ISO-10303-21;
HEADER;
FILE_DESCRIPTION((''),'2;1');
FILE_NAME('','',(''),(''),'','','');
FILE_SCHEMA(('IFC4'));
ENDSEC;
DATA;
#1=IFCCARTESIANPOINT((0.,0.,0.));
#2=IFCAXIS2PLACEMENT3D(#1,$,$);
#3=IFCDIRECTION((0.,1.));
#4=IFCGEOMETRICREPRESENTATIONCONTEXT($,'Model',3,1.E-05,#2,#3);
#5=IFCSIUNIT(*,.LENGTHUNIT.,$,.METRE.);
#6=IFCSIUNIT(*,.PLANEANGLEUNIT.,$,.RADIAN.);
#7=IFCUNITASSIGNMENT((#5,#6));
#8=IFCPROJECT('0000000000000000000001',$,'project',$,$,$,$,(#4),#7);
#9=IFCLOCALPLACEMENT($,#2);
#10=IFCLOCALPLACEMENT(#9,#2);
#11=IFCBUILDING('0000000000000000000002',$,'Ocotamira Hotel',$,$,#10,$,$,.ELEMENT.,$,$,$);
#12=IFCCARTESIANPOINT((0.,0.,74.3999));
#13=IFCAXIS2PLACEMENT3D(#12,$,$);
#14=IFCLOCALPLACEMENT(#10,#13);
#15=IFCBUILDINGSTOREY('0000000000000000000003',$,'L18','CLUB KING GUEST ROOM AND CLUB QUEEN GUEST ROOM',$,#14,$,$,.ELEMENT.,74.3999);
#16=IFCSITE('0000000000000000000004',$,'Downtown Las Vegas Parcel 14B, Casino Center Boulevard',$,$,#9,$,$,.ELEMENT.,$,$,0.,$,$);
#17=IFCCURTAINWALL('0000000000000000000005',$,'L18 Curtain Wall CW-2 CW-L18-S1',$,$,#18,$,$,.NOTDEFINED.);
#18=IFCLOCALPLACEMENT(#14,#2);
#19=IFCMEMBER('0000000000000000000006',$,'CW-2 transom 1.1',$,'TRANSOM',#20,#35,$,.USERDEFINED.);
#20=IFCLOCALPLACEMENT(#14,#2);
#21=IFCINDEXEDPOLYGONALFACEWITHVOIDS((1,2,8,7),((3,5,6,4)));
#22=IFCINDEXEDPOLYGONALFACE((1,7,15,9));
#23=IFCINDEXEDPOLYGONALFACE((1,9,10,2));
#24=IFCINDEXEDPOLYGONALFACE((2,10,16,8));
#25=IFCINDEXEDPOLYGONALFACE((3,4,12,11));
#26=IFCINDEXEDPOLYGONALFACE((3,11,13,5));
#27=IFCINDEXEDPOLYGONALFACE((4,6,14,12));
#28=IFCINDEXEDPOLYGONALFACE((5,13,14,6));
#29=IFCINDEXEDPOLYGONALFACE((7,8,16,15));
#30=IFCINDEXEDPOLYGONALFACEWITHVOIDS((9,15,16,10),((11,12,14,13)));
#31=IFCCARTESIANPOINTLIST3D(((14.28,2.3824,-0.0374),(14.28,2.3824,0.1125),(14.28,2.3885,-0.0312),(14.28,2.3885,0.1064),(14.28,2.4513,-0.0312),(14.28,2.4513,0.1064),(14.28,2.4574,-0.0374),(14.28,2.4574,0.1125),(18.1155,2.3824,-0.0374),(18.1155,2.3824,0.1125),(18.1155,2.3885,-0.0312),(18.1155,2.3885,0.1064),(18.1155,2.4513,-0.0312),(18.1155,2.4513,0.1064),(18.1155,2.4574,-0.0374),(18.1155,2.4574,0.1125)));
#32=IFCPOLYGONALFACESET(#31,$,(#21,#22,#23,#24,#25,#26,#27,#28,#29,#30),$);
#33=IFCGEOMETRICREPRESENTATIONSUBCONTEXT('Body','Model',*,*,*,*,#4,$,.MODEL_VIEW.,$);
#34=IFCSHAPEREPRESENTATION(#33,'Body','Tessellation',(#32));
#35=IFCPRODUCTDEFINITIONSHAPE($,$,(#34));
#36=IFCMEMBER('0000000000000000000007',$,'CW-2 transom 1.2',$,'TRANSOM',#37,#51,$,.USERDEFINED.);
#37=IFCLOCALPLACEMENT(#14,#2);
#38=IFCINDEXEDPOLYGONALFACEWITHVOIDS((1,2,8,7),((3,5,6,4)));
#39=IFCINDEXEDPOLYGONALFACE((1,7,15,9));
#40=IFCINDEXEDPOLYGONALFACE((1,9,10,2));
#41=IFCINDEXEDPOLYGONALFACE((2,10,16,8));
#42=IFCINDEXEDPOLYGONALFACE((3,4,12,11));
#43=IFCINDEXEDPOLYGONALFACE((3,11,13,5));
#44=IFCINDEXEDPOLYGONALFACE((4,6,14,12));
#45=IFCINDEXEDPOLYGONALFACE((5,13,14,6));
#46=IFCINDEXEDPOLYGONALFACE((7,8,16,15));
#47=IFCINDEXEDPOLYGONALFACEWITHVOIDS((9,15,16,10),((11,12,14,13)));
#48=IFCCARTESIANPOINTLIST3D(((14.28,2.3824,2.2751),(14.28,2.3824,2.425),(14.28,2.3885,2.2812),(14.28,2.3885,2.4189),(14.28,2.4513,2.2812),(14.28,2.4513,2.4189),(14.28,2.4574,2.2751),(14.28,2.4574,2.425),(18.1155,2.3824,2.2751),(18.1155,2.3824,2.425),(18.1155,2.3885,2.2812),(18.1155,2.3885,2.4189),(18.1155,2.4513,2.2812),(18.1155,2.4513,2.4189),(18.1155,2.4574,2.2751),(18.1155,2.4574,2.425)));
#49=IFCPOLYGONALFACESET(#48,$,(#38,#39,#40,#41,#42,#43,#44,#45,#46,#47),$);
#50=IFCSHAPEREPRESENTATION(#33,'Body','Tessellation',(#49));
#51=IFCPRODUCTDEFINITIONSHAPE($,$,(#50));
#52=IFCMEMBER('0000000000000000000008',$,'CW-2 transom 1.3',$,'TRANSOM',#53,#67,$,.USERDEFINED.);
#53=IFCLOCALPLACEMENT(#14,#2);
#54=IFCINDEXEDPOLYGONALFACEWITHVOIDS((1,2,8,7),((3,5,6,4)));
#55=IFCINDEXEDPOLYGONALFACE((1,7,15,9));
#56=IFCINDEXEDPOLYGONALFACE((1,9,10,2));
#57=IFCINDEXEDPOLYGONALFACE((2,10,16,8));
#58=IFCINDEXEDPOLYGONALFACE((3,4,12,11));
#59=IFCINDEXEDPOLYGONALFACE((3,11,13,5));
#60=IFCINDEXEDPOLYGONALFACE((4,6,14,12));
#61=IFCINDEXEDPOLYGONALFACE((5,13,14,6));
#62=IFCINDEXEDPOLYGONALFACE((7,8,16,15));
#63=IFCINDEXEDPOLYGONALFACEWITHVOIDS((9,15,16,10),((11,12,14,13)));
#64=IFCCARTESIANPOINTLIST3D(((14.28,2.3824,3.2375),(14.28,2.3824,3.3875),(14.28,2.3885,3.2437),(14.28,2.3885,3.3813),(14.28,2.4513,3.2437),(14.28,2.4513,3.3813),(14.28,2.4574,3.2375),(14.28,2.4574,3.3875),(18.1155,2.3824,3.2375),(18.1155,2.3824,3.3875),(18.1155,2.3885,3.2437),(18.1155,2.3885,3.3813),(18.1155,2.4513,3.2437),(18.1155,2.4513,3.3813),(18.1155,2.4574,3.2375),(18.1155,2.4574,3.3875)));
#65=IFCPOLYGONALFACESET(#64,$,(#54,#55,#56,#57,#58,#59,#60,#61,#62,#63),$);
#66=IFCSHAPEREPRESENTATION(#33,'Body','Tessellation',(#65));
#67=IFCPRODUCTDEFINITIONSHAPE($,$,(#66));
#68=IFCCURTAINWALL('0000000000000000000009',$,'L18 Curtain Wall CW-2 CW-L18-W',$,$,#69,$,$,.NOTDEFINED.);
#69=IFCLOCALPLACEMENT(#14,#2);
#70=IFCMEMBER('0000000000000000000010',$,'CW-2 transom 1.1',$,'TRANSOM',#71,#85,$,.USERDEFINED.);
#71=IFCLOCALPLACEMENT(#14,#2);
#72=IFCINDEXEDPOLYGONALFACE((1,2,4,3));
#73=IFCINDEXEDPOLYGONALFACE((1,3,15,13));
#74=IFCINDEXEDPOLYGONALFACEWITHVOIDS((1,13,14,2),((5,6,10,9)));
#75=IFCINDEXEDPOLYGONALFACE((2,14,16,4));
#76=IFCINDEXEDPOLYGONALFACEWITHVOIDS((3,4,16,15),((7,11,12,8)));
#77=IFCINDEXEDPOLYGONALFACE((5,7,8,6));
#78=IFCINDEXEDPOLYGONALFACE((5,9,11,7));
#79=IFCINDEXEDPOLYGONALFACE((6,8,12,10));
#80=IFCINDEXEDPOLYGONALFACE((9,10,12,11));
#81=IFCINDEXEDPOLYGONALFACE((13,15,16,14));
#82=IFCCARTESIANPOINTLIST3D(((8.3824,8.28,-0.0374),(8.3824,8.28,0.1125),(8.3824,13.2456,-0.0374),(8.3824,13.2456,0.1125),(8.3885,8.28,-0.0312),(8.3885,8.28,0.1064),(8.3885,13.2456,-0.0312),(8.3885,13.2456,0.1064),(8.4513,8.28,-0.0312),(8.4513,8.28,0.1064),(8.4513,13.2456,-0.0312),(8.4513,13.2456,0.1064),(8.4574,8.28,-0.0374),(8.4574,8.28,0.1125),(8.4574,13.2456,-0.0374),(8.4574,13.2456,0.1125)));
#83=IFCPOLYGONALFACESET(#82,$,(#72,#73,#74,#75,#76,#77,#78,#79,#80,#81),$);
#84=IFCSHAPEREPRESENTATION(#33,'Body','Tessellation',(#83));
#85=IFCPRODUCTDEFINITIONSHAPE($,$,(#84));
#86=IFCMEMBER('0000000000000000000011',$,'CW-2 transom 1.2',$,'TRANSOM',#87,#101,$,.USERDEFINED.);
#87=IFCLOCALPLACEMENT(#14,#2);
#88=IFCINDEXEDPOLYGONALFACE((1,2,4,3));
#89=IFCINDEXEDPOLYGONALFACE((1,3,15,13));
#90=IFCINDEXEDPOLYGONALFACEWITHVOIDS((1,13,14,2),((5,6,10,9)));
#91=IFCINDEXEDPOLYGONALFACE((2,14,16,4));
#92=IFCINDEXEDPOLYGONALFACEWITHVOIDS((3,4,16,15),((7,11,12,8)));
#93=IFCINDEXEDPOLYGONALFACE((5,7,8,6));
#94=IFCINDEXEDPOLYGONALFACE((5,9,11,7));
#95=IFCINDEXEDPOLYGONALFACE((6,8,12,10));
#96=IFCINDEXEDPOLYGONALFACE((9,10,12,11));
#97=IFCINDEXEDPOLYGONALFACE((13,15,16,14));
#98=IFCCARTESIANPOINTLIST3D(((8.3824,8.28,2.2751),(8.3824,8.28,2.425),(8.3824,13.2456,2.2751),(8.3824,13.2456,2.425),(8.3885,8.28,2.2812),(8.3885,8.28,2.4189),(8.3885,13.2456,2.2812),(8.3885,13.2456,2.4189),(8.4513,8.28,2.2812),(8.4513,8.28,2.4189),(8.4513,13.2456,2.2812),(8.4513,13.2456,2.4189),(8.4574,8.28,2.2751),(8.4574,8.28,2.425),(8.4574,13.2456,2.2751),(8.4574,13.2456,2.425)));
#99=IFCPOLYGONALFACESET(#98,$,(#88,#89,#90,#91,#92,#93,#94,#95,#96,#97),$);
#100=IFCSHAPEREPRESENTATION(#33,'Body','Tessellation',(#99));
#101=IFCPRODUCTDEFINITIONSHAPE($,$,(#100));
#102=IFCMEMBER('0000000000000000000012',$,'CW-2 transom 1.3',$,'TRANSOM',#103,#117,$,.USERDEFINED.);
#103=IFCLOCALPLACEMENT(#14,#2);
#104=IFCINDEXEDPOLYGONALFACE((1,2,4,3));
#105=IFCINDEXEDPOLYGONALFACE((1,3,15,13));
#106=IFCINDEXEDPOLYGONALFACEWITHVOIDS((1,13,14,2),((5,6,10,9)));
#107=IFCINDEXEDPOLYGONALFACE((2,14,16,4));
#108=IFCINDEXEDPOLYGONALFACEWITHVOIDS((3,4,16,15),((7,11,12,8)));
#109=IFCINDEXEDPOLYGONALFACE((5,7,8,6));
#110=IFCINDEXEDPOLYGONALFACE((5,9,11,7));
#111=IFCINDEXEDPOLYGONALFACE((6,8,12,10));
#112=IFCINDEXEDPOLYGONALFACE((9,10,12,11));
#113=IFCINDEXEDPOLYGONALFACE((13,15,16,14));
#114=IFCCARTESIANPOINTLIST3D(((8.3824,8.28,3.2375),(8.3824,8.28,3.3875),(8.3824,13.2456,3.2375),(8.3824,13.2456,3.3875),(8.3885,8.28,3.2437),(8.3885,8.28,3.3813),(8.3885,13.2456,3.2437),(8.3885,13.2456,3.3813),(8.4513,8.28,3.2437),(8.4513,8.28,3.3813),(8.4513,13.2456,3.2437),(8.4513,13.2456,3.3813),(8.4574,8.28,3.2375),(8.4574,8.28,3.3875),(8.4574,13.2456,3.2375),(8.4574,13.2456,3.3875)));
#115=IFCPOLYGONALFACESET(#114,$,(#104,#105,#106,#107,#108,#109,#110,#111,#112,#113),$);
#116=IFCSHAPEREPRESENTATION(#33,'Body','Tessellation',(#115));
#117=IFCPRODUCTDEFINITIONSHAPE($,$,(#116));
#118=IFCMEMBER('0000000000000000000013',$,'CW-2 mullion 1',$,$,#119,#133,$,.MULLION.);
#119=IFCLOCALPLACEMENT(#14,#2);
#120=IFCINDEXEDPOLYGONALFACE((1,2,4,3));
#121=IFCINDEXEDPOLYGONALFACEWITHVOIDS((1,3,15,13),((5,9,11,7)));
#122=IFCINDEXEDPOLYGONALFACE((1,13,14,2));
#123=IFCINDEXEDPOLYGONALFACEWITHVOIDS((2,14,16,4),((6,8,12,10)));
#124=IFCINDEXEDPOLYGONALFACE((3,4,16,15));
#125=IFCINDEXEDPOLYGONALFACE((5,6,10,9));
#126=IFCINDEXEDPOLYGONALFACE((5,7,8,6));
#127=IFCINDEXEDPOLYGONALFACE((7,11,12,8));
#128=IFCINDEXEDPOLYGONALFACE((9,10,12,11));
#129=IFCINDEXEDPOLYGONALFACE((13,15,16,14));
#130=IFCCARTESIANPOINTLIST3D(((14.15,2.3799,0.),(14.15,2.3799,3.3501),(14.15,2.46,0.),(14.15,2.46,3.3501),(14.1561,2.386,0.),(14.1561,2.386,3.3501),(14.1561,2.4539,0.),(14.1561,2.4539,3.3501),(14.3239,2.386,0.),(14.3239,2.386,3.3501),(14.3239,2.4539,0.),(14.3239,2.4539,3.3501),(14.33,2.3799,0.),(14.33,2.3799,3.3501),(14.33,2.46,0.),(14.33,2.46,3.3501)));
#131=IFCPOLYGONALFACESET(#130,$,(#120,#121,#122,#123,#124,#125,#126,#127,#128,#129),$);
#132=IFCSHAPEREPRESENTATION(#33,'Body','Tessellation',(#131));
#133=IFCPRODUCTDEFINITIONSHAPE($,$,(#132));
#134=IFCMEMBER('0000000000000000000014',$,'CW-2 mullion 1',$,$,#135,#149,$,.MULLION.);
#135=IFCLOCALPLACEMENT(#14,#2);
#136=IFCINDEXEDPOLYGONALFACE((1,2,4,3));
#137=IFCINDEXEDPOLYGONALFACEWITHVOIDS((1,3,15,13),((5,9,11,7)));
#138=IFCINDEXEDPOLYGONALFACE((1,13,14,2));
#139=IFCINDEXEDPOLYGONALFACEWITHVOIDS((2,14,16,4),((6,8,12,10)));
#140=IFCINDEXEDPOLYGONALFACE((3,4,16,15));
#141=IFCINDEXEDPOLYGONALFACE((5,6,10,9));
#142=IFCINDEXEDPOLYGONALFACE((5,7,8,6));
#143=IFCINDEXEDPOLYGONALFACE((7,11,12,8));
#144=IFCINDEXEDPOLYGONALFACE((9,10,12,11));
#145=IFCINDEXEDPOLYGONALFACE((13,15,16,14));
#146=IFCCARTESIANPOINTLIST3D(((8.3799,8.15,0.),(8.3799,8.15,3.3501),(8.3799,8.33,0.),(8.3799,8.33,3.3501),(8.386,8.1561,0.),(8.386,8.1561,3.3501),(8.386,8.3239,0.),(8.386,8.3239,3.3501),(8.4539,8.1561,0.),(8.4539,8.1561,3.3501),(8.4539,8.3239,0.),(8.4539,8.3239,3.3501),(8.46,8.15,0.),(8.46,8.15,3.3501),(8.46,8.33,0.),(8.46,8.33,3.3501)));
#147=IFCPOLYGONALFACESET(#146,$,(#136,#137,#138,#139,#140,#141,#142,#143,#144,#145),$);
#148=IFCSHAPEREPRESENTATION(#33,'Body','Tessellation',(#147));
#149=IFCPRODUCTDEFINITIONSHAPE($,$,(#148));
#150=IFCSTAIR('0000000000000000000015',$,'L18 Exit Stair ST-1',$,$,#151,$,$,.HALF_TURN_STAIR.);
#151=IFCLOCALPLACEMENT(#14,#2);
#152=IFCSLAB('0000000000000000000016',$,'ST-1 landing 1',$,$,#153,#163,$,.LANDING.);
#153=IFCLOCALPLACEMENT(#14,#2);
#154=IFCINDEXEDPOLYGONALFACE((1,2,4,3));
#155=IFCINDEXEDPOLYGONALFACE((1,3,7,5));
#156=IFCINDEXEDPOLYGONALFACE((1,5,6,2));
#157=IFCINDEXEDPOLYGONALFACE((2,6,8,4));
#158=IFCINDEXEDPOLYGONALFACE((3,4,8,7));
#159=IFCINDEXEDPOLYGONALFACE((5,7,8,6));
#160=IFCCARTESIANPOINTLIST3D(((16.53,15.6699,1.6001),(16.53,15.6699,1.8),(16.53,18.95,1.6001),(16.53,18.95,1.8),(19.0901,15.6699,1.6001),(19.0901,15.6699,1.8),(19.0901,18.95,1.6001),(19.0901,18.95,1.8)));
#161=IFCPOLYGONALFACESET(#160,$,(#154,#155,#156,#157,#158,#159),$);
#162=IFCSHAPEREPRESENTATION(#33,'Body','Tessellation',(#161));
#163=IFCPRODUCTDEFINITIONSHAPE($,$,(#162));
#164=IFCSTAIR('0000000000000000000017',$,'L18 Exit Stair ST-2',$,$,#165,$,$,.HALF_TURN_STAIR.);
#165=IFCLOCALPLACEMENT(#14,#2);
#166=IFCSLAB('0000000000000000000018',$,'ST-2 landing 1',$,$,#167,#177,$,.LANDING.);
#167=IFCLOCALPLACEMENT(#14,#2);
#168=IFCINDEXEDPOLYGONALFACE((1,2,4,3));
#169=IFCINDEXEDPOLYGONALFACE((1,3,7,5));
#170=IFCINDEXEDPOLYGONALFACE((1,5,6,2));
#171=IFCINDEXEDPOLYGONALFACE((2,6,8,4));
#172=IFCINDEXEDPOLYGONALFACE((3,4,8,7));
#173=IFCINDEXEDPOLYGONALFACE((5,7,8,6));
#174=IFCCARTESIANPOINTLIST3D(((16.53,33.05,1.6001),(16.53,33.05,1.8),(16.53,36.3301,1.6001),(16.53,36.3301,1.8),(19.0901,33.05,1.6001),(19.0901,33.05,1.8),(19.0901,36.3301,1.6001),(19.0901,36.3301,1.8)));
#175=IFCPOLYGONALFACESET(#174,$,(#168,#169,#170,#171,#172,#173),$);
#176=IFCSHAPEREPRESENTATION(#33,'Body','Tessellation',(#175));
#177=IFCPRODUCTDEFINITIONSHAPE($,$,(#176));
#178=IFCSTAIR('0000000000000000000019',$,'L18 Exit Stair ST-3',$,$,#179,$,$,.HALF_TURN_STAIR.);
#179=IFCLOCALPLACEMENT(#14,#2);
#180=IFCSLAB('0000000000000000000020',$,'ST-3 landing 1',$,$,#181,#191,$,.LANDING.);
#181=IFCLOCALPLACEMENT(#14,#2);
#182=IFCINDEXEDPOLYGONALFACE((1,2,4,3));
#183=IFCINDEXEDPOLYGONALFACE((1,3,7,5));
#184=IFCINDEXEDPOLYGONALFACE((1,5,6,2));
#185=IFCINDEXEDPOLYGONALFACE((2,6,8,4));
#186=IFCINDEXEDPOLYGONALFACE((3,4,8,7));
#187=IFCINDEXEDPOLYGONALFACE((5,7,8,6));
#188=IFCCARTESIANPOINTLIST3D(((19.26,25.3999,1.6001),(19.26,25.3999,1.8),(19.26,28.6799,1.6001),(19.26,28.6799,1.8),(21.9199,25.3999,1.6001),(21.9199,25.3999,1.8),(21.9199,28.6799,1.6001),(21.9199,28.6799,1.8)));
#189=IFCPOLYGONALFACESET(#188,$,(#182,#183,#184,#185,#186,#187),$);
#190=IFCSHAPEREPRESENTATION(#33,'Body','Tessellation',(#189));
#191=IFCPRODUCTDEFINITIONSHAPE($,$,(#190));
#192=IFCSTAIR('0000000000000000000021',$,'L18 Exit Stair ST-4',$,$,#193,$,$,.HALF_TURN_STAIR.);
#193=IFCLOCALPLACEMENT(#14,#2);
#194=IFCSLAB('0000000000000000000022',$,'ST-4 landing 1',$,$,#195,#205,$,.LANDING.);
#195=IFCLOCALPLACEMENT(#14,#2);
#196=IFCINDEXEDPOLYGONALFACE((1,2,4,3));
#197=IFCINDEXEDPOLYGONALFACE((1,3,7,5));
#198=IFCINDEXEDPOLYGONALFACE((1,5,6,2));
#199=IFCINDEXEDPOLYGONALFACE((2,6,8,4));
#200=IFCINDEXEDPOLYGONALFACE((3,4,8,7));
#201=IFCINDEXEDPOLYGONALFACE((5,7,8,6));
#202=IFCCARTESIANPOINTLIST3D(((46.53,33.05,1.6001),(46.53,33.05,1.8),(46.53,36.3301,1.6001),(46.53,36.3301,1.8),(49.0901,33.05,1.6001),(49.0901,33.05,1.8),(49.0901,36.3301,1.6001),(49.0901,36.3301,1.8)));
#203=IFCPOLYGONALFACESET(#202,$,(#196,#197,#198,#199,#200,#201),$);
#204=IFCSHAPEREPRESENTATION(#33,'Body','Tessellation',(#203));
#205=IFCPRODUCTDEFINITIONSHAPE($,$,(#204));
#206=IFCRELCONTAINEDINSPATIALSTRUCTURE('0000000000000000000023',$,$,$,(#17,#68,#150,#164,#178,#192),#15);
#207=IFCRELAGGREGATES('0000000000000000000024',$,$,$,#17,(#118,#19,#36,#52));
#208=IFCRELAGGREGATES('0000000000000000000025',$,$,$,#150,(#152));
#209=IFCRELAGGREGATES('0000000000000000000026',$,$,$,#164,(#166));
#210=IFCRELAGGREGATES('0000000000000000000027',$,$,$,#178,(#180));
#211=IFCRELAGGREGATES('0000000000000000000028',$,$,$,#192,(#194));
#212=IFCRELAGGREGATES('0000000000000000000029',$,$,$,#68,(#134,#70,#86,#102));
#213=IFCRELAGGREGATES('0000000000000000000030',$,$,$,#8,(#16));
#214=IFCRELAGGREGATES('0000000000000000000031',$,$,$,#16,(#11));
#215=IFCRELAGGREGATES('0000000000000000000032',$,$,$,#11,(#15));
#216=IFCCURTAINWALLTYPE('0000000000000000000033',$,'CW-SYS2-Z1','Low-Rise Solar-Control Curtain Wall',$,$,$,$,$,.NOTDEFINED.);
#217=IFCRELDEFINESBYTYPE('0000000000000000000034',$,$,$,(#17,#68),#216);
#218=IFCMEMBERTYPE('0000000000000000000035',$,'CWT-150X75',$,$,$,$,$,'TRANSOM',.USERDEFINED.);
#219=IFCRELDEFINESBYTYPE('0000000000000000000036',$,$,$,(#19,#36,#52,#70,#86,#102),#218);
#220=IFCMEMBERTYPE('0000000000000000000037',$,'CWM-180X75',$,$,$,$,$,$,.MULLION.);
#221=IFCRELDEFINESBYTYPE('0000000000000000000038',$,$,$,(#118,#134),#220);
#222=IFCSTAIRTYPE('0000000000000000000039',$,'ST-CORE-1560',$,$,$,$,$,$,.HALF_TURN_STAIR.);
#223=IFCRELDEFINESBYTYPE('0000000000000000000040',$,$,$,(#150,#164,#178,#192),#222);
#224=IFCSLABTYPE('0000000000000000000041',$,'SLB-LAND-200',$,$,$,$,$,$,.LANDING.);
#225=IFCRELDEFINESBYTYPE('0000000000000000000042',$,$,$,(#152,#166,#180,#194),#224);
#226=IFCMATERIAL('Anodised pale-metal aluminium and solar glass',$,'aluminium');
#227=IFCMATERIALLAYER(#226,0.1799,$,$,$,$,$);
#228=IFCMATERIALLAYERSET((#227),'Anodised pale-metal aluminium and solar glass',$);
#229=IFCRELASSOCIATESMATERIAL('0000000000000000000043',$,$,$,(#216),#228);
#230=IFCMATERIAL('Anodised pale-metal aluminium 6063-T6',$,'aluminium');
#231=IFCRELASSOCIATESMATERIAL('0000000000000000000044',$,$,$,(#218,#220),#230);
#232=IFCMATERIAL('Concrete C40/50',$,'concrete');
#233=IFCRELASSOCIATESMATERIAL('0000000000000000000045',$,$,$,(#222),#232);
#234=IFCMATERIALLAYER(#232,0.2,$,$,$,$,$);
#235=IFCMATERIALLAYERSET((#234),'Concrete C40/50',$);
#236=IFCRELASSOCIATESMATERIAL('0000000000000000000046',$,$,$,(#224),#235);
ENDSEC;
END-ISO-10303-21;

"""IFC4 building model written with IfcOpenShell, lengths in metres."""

from ifc_helpers import new_model, si_unit, direction, frame, origin, origin_2d, place, context, subcontext, project, spatial, polyline, hollow_rectangle, outline, extrude, source, transform, mapped, material, layer, layer_set, material_profile, profile_set, type_object, element, aggregate, save


model = new_model("IFC4")

# Units and contexts
model_context = context("Model", 3, precision=1e-05, world=origin(), true_north=direction((0.0, 1.0)))
body_context = subcontext(model_context, "Body", "Model", "MODEL_VIEW")
ifc_project = project(units=[si_unit("LENGTHUNIT", "METRE"), si_unit("PLANEANGLEUNIT", "RADIAN")], contexts=[model_context])

# Site, building, storey
site_placement = place(None, origin())
site = spatial("IfcSite", under=ifc_project, at=site_placement, Name="Downtown Las Vegas Parcel 14B, Casino Center Boulevard", CompositionType="ELEMENT", RefElevation=0.0)
building_placement = place(site_placement, origin())
building = spatial("IfcBuilding", under=site, at=building_placement, Name="Ocotamira Hotel", CompositionType="ELEMENT")
storey_placement = place(building_placement, frame((0.0, 0.0, 74.3999)))
storey = spatial("IfcBuildingStorey", under=building, at=storey_placement, Name="L18", Description="CLUB KING GUEST ROOM AND CLUB QUEEN GUEST ROOM", CompositionType="ELEMENT", Elevation=74.3999)

# Curtain walls, members
ifc_material_1 = material(Name="Anodised pale-metal aluminium and solar glass", Category="aluminium")
ifc_layer_1 = layer(ifc_material_1, 0.1799)
ifc_layer_set_1 = layer_set([ifc_layer_1], Name="Anodised pale-metal aluminium and solar glass")
curtain_wall_type = type_object("IfcCurtainWallType", Name="CW-SYS2-Z1", Description="Low-Rise Solar-Control Curtain Wall", PredefinedType="NOTDEFINED", material=ifc_layer_set_1)
curtain_wall_1_placement = place(storey_placement, origin())
curtain_wall_1 = element("IfcCurtainWall", 1, at=curtain_wall_1_placement, inside=storey, type_object=curtain_wall_type, Name="L18 Curtain Wall CW-2 CW-L18-S1", PredefinedType="NOTDEFINED")
ifc_material_2 = material(Name="Anodised pale-metal aluminium 6063-T6", Category="aluminium")
ifc_material_profile_1 = material_profile(ifc_material_2, hollow_rectangle(XDim=0.075, YDim=0.1499, WallThickness=0.0061, at=origin_2d()), Name="HSS150X75X6")
ifc_profile_set_1 = profile_set([ifc_material_profile_1], Name="Anodised pale-metal aluminium 6063-T6")
member_type_1 = type_object("IfcMemberType", Name="CWT-150X75", ElementType="TRANSOM", PredefinedType="USERDEFINED", material=ifc_profile_set_1)
shared_shape_1 = source(origin(), body_context, "Body", "SweptSolid", [
    extrude(hollow_rectangle(XDim=0.075, YDim=0.1499, WallThickness=0.0061, at=origin_2d()), origin(), (0.0, 0.0, 1.0), 3.8354),
])
member_1_placement = place(storey_placement, frame((14.28, 2.4199, 0.0376), z_axis=(1.0, 0.0, 0.0), x_axis=(0.0, 1.0, 0.0)))
member_1 = element("IfcMember", 2, at=member_1_placement, type_object=member_type_1, Name="CW-2 transom 1.1", ObjectType="TRANSOM", PredefinedType="USERDEFINED", context=body_context, shape_type="MappedRepresentation", body=[
    mapped(shared_shape_1, transform((0.0, 0.0, 0.0), scale=1.0)),
])
member_2_placement = place(storey_placement, frame((14.28, 2.4199, 2.3501), z_axis=(1.0, 0.0, 0.0), x_axis=(0.0, 1.0, 0.0)))
member_2 = element("IfcMember", 3, at=member_2_placement, type_object=member_type_1, Name="CW-2 transom 1.2", ObjectType="TRANSOM", PredefinedType="USERDEFINED", context=body_context, shape_type="MappedRepresentation", body=[
    mapped(shared_shape_1, transform((0.0, 0.0, 0.0), scale=1.0)),
])
member_3_placement = place(storey_placement, frame((14.28, 2.4199, 3.3125), z_axis=(1.0, 0.0, 0.0), x_axis=(0.0, 1.0, 0.0)))
member_3 = element("IfcMember", 4, at=member_3_placement, type_object=member_type_1, Name="CW-2 transom 1.3", ObjectType="TRANSOM", PredefinedType="USERDEFINED", context=body_context, shape_type="MappedRepresentation", body=[
    mapped(shared_shape_1, transform((0.0, 0.0, 0.0), scale=1.0)),
])
curtain_wall_2_placement = place(storey_placement, origin())
curtain_wall_2 = element("IfcCurtainWall", 5, at=curtain_wall_2_placement, inside=storey, type_object=curtain_wall_type, Name="L18 Curtain Wall CW-2 CW-L18-W", PredefinedType="NOTDEFINED")
shared_shape_2 = source(origin(), body_context, "Body", "SweptSolid", [
    extrude(hollow_rectangle(XDim=0.075, YDim=0.1499, WallThickness=0.0061, at=origin_2d()), origin(), (0.0, 0.0, 1.0), 4.9656),
])
member_4_placement = place(storey_placement, frame((8.4199, 8.28, 0.0376), z_axis=(0.0, 1.0, 0.0), x_axis=(-1.0, 0.0, 0.0)))
member_4 = element("IfcMember", 6, at=member_4_placement, type_object=member_type_1, Name="CW-2 transom 1.1", ObjectType="TRANSOM", PredefinedType="USERDEFINED", context=body_context, shape_type="MappedRepresentation", body=[
    mapped(shared_shape_2, transform((0.0, 0.0, 0.0), scale=1.0)),
])
member_5_placement = place(storey_placement, frame((8.4199, 8.28, 2.3501), z_axis=(0.0, 1.0, 0.0), x_axis=(-1.0, 0.0, 0.0)))
member_5 = element("IfcMember", 7, at=member_5_placement, type_object=member_type_1, Name="CW-2 transom 1.2", ObjectType="TRANSOM", PredefinedType="USERDEFINED", context=body_context, shape_type="MappedRepresentation", body=[
    mapped(shared_shape_2, transform((0.0, 0.0, 0.0), scale=1.0)),
])
member_6_placement = place(storey_placement, frame((8.4199, 8.28, 3.3125), z_axis=(0.0, 1.0, 0.0), x_axis=(-1.0, 0.0, 0.0)))
member_6 = element("IfcMember", 8, at=member_6_placement, type_object=member_type_1, Name="CW-2 transom 1.3", ObjectType="TRANSOM", PredefinedType="USERDEFINED", context=body_context, shape_type="MappedRepresentation", body=[
    mapped(shared_shape_2, transform((0.0, 0.0, 0.0), scale=1.0)),
])

# Members
ifc_material_profile_2 = material_profile(ifc_material_2, hollow_rectangle(XDim=0.0801, YDim=0.1799, WallThickness=0.0061, at=origin_2d()), Name="HSS180X80X6")
ifc_profile_set_2 = profile_set([ifc_material_profile_2], Name="Anodised pale-metal aluminium 6063-T6")
member_type_2 = type_object("IfcMemberType", Name="CWM-180X75", PredefinedType="MULLION", material=ifc_profile_set_2)
shared_shape_3 = source(origin(), body_context, "Body", "SweptSolid", [
    extrude(hollow_rectangle(XDim=0.0801, YDim=0.1799, WallThickness=0.0061, at=origin_2d()), origin(), (0.0, 0.0, 1.0), 3.3501),
])
member_7_placement = place(storey_placement, frame((14.24, 2.4199, 0.0), z_axis=(0.0, 0.0, 1.0), x_axis=(0.0, 1.0, 0.0)))
member_7 = element("IfcMember", 9, at=member_7_placement, type_object=member_type_2, Name="CW-2 mullion 1", PredefinedType="MULLION", context=body_context, shape_type="MappedRepresentation", body=[
    mapped(shared_shape_3, transform((0.0, 0.0, 0.0), scale=1.0)),
])
aggregate(curtain_wall_1, [member_7, member_1, member_2, member_3])
member_8_placement = place(storey_placement, frame((8.4199, 8.24, 0.0), z_axis=(0.0, 0.0, 1.0), x_axis=(-1.0, 0.0, 0.0)))
member_8 = element("IfcMember", 10, at=member_8_placement, type_object=member_type_2, Name="CW-2 mullion 1", PredefinedType="MULLION", context=body_context, shape_type="MappedRepresentation", body=[
    mapped(shared_shape_3, transform((0.0, 0.0, 0.0), scale=1.0)),
])

# Stairs, slabs
ifc_material_3 = material(Name="Concrete C40/50", Category="concrete")
stair_type = type_object("IfcStairType", Name="ST-CORE-1560", PredefinedType="HALF_TURN_STAIR", material=ifc_material_3)
stair_1_placement = place(storey_placement, origin())
stair_1 = element("IfcStair", 11, at=stair_1_placement, inside=storey, type_object=stair_type, Name="L18 Exit Stair ST-1", PredefinedType="HALF_TURN_STAIR")
ifc_layer_2 = layer(ifc_material_3, 0.2)
ifc_layer_set_2 = layer_set([ifc_layer_2], Name="Concrete C40/50")
slab_type_1 = type_object("IfcSlabType", Name="SLB-LAND-200", PredefinedType="LANDING", material=ifc_layer_set_2)
slab_1_placement = place(storey_placement, frame((0.0, 0.0, 1.6001)))
slab_1 = element("IfcSlab", 12, at=slab_1_placement, type_object=slab_type_1, Name="ST-1 landing 1", PredefinedType="LANDING", context=body_context, shape_type="SweptSolid", body=[
    extrude(outline(polyline([(16.53, 15.6699), (19.0901, 15.6699), (19.0901, 18.95), (16.53, 18.95), (16.53, 15.6699)])), origin(), (0.0, 0.0, 1.0), 0.2),
])
aggregate(stair_1, [slab_1])
stair_2_placement = place(storey_placement, origin())
stair_2 = element("IfcStair", 13, at=stair_2_placement, inside=storey, type_object=stair_type, Name="L18 Exit Stair ST-2", PredefinedType="HALF_TURN_STAIR")
slab_2_placement = place(storey_placement, frame((0.0, 0.0, 1.6001)))
slab_2 = element("IfcSlab", 14, at=slab_2_placement, type_object=slab_type_1, Name="ST-2 landing 1", PredefinedType="LANDING", context=body_context, shape_type="SweptSolid", body=[
    extrude(outline(polyline([(16.53, 33.05), (19.0901, 33.05), (19.0901, 36.3301), (16.53, 36.3301), (16.53, 33.05)])), origin(), (0.0, 0.0, 1.0), 0.2),
])
aggregate(stair_2, [slab_2])
stair_3_placement = place(storey_placement, origin())
stair_3 = element("IfcStair", 15, at=stair_3_placement, inside=storey, type_object=stair_type, Name="L18 Exit Stair ST-3", PredefinedType="HALF_TURN_STAIR")
slab_3_placement = place(storey_placement, frame((0.0, 0.0, 1.6001)))
slab_3 = element("IfcSlab", 16, at=slab_3_placement, type_object=slab_type_1, Name="ST-3 landing 1", PredefinedType="LANDING", context=body_context, shape_type="SweptSolid", body=[
    extrude(outline(polyline([(19.26, 25.3999), (21.9199, 25.3999), (21.9199, 28.6799), (19.26, 28.6799), (19.26, 25.3999)])), origin(), (0.0, 0.0, 1.0), 0.2),
])
aggregate(stair_3, [slab_3])
stair_4_placement = place(storey_placement, origin())
stair_4 = element("IfcStair", 17, at=stair_4_placement, inside=storey, type_object=stair_type, Name="L18 Exit Stair ST-4", PredefinedType="HALF_TURN_STAIR")
slab_4_placement = place(storey_placement, frame((0.0, 0.0, 1.6001)))
slab_4 = element("IfcSlab", 18, at=slab_4_placement, type_object=slab_type_1, Name="ST-4 landing 1", PredefinedType="LANDING", context=body_context, shape_type="SweptSolid", body=[
    extrude(outline(polyline([(46.53, 33.05), (49.0901, 33.05), (49.0901, 36.3301), (46.53, 36.3301), (46.53, 33.05)])), origin(), (0.0, 0.0, 1.0), 0.2),
])
aggregate(stair_4, [slab_4])

aggregate(curtain_wall_2, [member_8, member_4, member_5, member_6])

save(model, "model.ifc")
